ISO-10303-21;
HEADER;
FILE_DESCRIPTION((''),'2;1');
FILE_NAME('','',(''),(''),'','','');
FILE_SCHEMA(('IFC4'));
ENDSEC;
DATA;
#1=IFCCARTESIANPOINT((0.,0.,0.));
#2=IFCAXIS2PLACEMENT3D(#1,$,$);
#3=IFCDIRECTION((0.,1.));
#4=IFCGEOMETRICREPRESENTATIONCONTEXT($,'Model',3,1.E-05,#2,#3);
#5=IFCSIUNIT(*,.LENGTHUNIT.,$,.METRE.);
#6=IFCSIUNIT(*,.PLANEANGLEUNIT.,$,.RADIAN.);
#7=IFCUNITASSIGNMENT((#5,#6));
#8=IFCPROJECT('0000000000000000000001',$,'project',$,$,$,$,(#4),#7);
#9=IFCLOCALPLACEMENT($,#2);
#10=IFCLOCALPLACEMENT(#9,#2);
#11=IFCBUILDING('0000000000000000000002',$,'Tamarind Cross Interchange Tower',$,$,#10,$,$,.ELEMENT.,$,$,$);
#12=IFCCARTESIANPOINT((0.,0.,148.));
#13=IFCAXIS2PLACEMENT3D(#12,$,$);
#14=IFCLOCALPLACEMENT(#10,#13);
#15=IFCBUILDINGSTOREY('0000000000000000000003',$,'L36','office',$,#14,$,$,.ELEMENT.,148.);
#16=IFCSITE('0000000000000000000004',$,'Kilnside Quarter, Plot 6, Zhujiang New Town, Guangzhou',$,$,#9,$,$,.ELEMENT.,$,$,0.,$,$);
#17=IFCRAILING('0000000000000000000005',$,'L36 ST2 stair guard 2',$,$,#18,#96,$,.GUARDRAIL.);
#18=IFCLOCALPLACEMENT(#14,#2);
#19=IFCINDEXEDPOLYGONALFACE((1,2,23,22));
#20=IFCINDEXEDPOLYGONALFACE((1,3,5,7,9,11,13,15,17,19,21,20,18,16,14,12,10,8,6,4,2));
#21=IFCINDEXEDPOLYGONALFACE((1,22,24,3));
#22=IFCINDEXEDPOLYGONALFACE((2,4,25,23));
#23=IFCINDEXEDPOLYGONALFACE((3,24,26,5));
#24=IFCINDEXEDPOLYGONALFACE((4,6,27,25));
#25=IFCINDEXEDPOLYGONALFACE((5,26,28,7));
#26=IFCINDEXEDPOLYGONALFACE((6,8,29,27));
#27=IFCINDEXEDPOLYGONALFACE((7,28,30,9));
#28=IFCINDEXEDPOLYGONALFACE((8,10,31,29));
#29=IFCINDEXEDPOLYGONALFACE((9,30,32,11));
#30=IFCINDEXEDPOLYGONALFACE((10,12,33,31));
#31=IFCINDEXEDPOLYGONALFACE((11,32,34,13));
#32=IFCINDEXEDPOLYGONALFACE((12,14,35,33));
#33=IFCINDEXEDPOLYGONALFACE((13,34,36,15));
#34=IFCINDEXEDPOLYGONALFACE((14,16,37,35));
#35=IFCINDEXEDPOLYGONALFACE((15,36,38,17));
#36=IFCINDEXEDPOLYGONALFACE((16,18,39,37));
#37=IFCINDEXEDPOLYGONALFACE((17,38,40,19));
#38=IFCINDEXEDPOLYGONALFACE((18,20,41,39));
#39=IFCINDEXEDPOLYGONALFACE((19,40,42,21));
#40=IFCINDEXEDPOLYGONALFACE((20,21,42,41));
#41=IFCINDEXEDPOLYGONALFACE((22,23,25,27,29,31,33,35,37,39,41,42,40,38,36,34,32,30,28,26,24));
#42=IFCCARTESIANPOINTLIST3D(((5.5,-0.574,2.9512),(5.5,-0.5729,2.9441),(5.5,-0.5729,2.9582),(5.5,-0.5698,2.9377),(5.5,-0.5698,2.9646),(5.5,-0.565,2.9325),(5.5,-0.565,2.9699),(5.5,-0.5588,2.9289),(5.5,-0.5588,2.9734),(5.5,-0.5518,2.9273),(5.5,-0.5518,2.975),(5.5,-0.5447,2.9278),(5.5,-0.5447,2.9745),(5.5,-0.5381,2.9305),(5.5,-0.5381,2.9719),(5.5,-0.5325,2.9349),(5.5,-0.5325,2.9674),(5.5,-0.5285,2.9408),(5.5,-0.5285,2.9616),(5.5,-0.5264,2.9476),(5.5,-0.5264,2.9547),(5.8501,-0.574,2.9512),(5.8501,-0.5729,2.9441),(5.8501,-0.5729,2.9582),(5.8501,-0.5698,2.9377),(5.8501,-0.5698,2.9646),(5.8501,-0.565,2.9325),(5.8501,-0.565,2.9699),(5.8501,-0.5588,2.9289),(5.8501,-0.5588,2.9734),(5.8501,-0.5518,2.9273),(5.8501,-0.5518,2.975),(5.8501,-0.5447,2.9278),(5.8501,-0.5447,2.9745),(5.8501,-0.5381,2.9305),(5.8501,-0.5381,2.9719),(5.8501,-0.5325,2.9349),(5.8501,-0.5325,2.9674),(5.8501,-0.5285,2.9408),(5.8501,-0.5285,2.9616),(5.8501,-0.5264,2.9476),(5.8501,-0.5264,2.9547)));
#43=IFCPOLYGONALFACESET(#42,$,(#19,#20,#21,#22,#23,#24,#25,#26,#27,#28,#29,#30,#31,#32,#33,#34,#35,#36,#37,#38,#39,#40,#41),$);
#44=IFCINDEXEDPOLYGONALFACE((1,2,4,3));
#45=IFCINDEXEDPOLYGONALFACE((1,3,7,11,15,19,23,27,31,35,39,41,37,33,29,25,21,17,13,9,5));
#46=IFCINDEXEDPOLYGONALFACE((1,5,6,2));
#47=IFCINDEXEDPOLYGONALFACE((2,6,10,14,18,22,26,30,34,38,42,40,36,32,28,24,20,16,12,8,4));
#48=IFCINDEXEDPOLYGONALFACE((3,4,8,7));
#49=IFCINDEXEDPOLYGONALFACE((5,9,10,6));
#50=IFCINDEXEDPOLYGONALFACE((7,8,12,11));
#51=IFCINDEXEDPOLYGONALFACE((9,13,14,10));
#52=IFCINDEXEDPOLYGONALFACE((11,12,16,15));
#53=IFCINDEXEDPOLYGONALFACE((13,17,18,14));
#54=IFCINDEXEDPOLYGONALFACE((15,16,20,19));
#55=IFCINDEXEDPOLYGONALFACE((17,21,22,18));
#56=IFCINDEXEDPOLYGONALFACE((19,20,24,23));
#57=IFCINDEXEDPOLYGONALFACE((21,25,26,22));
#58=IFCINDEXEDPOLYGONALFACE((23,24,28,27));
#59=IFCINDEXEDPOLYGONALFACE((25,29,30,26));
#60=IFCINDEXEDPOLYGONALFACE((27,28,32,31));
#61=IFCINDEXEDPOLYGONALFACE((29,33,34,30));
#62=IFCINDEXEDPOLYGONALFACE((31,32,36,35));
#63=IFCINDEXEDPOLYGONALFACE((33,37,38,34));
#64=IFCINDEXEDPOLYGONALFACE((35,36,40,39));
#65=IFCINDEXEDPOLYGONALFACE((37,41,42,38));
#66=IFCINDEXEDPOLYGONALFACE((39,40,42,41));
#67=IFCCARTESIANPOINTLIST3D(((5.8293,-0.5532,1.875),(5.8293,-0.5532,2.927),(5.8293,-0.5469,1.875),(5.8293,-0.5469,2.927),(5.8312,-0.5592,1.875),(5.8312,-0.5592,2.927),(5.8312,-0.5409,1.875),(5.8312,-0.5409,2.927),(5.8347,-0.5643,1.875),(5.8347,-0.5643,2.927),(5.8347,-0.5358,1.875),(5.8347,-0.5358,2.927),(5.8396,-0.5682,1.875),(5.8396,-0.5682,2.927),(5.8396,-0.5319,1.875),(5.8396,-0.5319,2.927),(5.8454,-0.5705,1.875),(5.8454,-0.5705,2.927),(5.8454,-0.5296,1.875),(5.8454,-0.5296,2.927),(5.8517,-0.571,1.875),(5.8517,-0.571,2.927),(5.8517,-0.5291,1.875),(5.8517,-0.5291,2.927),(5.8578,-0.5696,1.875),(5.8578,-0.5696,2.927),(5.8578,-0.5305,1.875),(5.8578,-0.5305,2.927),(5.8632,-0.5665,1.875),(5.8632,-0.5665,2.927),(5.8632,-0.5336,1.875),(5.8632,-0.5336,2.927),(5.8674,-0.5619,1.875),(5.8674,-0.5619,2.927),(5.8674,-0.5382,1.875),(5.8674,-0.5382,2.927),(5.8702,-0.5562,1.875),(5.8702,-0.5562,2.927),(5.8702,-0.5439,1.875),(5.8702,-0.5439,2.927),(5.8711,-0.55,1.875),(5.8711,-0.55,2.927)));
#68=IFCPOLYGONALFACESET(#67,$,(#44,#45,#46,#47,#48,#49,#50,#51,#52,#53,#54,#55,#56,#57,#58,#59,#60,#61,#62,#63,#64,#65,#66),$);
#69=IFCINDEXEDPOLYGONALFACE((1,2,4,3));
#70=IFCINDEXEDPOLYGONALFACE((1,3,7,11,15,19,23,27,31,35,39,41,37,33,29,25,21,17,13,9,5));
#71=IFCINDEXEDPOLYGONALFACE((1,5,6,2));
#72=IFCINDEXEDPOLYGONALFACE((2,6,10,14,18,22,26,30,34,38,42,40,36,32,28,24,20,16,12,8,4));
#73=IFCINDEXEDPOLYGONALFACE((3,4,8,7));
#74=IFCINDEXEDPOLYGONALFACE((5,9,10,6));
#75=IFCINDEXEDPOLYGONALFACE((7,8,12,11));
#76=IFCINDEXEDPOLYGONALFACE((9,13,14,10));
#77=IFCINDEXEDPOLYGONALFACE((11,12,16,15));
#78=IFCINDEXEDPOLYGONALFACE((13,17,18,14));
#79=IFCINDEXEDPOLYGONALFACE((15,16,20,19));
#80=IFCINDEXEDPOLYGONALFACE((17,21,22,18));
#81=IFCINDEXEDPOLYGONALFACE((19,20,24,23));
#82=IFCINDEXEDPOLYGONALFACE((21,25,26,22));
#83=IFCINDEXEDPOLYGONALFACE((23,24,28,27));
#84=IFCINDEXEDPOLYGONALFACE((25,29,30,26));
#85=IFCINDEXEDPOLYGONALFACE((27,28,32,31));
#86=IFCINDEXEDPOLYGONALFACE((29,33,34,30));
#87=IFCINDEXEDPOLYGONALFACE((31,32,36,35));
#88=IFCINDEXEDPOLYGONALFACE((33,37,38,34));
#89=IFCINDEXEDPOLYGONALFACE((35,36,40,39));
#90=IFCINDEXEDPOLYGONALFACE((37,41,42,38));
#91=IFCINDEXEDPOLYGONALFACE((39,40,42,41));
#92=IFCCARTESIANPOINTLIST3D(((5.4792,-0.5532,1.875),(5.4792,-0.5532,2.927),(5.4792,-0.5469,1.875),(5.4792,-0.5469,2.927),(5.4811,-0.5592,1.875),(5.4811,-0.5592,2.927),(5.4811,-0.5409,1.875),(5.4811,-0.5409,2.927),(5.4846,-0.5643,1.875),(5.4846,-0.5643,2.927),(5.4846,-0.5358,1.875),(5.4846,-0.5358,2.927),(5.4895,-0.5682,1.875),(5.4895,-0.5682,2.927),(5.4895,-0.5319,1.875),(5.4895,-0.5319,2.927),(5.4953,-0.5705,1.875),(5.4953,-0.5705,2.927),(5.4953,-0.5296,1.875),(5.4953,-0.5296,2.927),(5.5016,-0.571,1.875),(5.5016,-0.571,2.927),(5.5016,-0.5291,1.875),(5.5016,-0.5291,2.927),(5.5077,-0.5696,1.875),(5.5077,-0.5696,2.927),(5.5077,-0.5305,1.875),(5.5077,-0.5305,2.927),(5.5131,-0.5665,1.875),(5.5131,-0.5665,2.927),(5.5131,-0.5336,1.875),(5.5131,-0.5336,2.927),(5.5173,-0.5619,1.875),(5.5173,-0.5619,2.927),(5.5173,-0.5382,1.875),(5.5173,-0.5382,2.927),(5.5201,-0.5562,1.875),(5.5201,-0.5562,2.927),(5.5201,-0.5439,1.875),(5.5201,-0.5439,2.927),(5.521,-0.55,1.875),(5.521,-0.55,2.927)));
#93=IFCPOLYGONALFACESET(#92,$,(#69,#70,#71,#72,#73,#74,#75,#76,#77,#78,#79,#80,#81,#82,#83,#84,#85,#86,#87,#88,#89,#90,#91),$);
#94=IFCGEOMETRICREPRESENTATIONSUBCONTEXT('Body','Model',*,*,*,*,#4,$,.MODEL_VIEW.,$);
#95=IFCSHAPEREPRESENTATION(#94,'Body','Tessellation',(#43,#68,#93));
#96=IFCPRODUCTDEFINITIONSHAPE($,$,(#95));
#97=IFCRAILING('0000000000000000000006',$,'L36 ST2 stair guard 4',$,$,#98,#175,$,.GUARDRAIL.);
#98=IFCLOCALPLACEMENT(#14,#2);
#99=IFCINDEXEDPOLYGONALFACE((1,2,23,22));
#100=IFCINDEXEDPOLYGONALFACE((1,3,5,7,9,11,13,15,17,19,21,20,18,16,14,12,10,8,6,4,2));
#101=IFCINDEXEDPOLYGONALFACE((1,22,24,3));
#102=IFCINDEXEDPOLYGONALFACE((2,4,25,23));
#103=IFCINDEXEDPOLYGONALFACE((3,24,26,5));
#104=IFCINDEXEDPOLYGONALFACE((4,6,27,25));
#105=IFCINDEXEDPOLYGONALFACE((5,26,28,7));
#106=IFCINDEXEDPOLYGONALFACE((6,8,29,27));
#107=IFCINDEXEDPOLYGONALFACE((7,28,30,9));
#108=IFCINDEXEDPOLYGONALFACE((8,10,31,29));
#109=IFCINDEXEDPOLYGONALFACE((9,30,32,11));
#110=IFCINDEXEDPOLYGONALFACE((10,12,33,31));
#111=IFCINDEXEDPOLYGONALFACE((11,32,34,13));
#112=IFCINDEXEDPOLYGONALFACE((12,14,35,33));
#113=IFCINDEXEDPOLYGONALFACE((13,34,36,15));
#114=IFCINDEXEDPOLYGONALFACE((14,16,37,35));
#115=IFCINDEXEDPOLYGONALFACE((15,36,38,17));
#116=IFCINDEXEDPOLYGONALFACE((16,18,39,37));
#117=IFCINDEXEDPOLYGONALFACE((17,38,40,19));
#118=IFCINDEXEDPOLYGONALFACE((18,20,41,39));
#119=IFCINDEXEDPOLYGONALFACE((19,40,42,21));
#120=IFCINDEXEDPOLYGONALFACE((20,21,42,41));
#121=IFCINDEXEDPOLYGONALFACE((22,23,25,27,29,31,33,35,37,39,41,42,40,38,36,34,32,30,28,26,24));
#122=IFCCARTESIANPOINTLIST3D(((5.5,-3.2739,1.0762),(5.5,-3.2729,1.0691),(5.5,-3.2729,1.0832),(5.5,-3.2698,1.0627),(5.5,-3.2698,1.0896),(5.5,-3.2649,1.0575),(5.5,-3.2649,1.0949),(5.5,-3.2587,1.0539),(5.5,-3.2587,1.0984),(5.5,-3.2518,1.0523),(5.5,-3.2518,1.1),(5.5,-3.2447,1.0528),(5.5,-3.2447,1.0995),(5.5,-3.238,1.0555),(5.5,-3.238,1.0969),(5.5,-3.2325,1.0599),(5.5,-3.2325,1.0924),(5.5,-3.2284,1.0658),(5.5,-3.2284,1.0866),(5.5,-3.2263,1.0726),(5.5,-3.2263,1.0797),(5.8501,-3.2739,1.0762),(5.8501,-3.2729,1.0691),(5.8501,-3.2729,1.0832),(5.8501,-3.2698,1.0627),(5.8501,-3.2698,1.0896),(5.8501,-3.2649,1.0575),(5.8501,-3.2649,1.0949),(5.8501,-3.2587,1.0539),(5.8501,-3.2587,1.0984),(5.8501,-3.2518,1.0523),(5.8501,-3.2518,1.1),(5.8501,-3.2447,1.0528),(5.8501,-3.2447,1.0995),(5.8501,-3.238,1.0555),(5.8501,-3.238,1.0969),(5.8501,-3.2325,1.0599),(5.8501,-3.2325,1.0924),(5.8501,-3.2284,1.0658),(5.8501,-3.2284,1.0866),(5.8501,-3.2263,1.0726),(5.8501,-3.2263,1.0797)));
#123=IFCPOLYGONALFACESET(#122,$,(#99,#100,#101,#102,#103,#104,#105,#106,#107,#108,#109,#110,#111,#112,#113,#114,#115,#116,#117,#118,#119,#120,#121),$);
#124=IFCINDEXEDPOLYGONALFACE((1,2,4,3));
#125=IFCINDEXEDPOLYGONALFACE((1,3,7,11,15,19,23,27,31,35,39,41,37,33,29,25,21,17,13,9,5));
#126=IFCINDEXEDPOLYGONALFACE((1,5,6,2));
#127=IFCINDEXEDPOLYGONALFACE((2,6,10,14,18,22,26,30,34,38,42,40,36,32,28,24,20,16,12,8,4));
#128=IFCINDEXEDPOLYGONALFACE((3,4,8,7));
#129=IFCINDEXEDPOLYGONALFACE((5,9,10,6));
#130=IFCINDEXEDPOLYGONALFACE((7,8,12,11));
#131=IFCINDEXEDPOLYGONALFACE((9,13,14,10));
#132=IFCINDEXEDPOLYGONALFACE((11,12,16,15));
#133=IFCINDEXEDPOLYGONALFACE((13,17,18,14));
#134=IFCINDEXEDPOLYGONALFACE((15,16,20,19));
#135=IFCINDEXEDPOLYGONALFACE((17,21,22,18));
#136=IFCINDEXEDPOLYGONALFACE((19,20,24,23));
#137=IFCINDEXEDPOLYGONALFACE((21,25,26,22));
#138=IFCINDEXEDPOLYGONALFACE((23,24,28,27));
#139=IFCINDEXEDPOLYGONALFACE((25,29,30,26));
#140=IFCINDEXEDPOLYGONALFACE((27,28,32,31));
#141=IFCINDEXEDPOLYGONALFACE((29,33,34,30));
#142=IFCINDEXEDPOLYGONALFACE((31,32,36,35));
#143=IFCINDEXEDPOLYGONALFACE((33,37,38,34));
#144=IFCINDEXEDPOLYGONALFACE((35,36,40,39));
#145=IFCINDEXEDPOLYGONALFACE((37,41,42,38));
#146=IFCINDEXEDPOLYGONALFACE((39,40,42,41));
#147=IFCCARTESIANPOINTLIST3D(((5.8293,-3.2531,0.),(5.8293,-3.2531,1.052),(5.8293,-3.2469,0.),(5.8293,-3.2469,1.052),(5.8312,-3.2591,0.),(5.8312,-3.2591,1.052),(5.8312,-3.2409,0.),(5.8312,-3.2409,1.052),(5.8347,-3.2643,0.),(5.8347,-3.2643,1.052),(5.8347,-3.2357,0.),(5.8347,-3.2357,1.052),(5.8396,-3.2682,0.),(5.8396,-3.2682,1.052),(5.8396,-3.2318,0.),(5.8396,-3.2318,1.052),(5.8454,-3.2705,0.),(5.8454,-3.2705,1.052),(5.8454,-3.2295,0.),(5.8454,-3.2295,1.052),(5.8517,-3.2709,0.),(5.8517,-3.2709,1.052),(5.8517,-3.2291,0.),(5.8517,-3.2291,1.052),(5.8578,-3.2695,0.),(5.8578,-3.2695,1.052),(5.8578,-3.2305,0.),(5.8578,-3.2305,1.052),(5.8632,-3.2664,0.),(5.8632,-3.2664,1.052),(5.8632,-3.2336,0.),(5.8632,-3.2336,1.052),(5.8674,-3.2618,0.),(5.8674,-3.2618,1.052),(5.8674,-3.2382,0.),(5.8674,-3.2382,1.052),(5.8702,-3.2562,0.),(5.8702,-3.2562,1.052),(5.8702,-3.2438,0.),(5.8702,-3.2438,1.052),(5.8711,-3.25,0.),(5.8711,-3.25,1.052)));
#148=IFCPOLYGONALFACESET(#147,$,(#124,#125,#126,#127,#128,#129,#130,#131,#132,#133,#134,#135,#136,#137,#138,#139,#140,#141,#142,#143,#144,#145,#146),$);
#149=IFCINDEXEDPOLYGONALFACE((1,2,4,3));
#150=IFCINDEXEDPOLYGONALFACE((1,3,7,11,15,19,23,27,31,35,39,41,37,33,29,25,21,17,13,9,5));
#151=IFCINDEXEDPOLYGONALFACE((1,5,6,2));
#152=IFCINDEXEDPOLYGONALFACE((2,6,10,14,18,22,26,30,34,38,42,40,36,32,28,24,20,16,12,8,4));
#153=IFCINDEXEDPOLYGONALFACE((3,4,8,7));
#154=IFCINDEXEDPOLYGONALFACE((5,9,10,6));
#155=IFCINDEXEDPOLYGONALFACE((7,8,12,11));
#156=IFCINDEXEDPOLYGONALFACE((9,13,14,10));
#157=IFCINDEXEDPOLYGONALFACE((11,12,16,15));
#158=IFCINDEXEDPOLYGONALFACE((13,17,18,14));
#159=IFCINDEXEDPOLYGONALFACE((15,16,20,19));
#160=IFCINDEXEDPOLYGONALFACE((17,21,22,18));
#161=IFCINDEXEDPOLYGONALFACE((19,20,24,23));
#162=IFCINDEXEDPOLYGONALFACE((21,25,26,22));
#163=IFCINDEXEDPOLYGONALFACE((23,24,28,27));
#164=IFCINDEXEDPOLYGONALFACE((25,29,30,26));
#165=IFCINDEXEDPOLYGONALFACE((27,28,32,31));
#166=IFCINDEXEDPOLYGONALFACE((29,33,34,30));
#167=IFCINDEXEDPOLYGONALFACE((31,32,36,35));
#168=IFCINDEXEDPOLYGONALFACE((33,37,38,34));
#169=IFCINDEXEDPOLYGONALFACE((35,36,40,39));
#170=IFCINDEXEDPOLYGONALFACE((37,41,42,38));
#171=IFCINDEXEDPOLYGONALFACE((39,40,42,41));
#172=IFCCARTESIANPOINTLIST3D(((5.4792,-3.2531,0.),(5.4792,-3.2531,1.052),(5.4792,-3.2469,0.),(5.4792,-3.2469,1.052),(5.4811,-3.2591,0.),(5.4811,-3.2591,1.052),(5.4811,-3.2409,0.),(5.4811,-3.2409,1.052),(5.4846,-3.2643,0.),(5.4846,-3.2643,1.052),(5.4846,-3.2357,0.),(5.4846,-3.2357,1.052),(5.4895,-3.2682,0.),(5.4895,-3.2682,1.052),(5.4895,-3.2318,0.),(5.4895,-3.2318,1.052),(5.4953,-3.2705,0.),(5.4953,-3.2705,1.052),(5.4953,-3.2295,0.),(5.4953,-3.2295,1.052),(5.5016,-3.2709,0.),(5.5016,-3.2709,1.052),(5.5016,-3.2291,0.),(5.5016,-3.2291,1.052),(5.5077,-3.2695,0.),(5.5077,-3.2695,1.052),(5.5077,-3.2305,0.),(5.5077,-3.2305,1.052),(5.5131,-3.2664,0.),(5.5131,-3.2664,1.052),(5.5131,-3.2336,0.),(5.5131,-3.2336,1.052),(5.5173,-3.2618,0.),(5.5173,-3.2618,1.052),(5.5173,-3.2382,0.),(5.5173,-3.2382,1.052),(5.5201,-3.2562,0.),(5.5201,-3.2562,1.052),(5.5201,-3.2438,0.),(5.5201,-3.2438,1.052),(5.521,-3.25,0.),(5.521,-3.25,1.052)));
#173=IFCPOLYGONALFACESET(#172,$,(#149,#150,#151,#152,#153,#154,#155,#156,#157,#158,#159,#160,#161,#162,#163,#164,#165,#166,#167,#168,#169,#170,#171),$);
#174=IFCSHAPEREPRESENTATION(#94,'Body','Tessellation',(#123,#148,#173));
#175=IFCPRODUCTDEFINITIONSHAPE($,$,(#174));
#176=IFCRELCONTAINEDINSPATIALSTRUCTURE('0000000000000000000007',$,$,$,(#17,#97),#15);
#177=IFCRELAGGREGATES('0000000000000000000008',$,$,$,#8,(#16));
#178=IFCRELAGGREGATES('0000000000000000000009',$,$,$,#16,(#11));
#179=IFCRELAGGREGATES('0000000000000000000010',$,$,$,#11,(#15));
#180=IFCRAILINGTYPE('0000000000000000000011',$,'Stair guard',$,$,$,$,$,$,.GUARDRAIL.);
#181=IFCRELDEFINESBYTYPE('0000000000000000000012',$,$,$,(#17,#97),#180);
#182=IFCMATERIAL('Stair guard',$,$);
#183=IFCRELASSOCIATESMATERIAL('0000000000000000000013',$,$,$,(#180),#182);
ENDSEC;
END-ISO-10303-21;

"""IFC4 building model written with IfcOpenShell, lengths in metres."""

from ifc_helpers import new_model, si_unit, direction, frame, origin, origin_2d, place, context, subcontext, project, spatial, circle, extrude, material, type_object, element, save


model = new_model("IFC4")

# Units and contexts
model_context = context("Model", 3, precision=1e-05, world=origin(), true_north=direction((0.0, 1.0)))
body_context = subcontext(model_context, "Body", "Model", "MODEL_VIEW")
ifc_project = project(units=[si_unit("LENGTHUNIT", "METRE"), si_unit("PLANEANGLEUNIT", "RADIAN")], contexts=[model_context])

# Site, building, storey
site_placement = place(None, origin())
site = spatial("IfcSite", under=ifc_project, at=site_placement, Name="Kilnside Quarter, Plot 6, Zhujiang New Town, Guangzhou", CompositionType="ELEMENT", RefElevation=0.0)
building_placement = place(site_placement, origin())
building = spatial("IfcBuilding", under=site, at=building_placement, Name="Tamarind Cross Interchange Tower", CompositionType="ELEMENT")
storey_placement = place(building_placement, frame((0.0, 0.0, 148.0)))
storey = spatial("IfcBuildingStorey", under=building, at=storey_placement, Name="L36", Description="office", CompositionType="ELEMENT", Elevation=148.0)

# Railings
ifc_material_1 = material(Name="Stair guard")
railing_type_1 = type_object("IfcRailingType", Name="Stair guard", PredefinedType="GUARDRAIL", material=ifc_material_1)
for number, where, name in (
    (1, (5.8501, -0.55, 1.875), "L36 ST2 stair guard 2"),
    (2, (5.8501, -3.25, 0.0), "L36 ST2 stair guard 4"),
):
    element("IfcRailing", number, at=place(storey_placement, frame(where)), inside=storey, type_object=railing_type_1, Name=name, PredefinedType="GUARDRAIL", context=body_context, shape_type="SweptSolid", body=[
        extrude(circle(Radius=0.0239, at=origin_2d()), frame((0.0, 0.0, 1.0762), z_axis=(-1.0, 0.0, 0.0), x_axis=(0.0, -1.0, 0.0)), (0.0, 0.0, 1.0), 0.3501),
        extrude(circle(Radius=0.021, at=origin_2d()), origin(), (0.0, 0.0, 1.0), 1.052),
        extrude(circle(Radius=0.021, at=origin_2d()), frame((-0.3501, 0.0, 0.0)), (0.0, 0.0, 1.0), 1.052),
    ])

save(model, "model.ifc")
